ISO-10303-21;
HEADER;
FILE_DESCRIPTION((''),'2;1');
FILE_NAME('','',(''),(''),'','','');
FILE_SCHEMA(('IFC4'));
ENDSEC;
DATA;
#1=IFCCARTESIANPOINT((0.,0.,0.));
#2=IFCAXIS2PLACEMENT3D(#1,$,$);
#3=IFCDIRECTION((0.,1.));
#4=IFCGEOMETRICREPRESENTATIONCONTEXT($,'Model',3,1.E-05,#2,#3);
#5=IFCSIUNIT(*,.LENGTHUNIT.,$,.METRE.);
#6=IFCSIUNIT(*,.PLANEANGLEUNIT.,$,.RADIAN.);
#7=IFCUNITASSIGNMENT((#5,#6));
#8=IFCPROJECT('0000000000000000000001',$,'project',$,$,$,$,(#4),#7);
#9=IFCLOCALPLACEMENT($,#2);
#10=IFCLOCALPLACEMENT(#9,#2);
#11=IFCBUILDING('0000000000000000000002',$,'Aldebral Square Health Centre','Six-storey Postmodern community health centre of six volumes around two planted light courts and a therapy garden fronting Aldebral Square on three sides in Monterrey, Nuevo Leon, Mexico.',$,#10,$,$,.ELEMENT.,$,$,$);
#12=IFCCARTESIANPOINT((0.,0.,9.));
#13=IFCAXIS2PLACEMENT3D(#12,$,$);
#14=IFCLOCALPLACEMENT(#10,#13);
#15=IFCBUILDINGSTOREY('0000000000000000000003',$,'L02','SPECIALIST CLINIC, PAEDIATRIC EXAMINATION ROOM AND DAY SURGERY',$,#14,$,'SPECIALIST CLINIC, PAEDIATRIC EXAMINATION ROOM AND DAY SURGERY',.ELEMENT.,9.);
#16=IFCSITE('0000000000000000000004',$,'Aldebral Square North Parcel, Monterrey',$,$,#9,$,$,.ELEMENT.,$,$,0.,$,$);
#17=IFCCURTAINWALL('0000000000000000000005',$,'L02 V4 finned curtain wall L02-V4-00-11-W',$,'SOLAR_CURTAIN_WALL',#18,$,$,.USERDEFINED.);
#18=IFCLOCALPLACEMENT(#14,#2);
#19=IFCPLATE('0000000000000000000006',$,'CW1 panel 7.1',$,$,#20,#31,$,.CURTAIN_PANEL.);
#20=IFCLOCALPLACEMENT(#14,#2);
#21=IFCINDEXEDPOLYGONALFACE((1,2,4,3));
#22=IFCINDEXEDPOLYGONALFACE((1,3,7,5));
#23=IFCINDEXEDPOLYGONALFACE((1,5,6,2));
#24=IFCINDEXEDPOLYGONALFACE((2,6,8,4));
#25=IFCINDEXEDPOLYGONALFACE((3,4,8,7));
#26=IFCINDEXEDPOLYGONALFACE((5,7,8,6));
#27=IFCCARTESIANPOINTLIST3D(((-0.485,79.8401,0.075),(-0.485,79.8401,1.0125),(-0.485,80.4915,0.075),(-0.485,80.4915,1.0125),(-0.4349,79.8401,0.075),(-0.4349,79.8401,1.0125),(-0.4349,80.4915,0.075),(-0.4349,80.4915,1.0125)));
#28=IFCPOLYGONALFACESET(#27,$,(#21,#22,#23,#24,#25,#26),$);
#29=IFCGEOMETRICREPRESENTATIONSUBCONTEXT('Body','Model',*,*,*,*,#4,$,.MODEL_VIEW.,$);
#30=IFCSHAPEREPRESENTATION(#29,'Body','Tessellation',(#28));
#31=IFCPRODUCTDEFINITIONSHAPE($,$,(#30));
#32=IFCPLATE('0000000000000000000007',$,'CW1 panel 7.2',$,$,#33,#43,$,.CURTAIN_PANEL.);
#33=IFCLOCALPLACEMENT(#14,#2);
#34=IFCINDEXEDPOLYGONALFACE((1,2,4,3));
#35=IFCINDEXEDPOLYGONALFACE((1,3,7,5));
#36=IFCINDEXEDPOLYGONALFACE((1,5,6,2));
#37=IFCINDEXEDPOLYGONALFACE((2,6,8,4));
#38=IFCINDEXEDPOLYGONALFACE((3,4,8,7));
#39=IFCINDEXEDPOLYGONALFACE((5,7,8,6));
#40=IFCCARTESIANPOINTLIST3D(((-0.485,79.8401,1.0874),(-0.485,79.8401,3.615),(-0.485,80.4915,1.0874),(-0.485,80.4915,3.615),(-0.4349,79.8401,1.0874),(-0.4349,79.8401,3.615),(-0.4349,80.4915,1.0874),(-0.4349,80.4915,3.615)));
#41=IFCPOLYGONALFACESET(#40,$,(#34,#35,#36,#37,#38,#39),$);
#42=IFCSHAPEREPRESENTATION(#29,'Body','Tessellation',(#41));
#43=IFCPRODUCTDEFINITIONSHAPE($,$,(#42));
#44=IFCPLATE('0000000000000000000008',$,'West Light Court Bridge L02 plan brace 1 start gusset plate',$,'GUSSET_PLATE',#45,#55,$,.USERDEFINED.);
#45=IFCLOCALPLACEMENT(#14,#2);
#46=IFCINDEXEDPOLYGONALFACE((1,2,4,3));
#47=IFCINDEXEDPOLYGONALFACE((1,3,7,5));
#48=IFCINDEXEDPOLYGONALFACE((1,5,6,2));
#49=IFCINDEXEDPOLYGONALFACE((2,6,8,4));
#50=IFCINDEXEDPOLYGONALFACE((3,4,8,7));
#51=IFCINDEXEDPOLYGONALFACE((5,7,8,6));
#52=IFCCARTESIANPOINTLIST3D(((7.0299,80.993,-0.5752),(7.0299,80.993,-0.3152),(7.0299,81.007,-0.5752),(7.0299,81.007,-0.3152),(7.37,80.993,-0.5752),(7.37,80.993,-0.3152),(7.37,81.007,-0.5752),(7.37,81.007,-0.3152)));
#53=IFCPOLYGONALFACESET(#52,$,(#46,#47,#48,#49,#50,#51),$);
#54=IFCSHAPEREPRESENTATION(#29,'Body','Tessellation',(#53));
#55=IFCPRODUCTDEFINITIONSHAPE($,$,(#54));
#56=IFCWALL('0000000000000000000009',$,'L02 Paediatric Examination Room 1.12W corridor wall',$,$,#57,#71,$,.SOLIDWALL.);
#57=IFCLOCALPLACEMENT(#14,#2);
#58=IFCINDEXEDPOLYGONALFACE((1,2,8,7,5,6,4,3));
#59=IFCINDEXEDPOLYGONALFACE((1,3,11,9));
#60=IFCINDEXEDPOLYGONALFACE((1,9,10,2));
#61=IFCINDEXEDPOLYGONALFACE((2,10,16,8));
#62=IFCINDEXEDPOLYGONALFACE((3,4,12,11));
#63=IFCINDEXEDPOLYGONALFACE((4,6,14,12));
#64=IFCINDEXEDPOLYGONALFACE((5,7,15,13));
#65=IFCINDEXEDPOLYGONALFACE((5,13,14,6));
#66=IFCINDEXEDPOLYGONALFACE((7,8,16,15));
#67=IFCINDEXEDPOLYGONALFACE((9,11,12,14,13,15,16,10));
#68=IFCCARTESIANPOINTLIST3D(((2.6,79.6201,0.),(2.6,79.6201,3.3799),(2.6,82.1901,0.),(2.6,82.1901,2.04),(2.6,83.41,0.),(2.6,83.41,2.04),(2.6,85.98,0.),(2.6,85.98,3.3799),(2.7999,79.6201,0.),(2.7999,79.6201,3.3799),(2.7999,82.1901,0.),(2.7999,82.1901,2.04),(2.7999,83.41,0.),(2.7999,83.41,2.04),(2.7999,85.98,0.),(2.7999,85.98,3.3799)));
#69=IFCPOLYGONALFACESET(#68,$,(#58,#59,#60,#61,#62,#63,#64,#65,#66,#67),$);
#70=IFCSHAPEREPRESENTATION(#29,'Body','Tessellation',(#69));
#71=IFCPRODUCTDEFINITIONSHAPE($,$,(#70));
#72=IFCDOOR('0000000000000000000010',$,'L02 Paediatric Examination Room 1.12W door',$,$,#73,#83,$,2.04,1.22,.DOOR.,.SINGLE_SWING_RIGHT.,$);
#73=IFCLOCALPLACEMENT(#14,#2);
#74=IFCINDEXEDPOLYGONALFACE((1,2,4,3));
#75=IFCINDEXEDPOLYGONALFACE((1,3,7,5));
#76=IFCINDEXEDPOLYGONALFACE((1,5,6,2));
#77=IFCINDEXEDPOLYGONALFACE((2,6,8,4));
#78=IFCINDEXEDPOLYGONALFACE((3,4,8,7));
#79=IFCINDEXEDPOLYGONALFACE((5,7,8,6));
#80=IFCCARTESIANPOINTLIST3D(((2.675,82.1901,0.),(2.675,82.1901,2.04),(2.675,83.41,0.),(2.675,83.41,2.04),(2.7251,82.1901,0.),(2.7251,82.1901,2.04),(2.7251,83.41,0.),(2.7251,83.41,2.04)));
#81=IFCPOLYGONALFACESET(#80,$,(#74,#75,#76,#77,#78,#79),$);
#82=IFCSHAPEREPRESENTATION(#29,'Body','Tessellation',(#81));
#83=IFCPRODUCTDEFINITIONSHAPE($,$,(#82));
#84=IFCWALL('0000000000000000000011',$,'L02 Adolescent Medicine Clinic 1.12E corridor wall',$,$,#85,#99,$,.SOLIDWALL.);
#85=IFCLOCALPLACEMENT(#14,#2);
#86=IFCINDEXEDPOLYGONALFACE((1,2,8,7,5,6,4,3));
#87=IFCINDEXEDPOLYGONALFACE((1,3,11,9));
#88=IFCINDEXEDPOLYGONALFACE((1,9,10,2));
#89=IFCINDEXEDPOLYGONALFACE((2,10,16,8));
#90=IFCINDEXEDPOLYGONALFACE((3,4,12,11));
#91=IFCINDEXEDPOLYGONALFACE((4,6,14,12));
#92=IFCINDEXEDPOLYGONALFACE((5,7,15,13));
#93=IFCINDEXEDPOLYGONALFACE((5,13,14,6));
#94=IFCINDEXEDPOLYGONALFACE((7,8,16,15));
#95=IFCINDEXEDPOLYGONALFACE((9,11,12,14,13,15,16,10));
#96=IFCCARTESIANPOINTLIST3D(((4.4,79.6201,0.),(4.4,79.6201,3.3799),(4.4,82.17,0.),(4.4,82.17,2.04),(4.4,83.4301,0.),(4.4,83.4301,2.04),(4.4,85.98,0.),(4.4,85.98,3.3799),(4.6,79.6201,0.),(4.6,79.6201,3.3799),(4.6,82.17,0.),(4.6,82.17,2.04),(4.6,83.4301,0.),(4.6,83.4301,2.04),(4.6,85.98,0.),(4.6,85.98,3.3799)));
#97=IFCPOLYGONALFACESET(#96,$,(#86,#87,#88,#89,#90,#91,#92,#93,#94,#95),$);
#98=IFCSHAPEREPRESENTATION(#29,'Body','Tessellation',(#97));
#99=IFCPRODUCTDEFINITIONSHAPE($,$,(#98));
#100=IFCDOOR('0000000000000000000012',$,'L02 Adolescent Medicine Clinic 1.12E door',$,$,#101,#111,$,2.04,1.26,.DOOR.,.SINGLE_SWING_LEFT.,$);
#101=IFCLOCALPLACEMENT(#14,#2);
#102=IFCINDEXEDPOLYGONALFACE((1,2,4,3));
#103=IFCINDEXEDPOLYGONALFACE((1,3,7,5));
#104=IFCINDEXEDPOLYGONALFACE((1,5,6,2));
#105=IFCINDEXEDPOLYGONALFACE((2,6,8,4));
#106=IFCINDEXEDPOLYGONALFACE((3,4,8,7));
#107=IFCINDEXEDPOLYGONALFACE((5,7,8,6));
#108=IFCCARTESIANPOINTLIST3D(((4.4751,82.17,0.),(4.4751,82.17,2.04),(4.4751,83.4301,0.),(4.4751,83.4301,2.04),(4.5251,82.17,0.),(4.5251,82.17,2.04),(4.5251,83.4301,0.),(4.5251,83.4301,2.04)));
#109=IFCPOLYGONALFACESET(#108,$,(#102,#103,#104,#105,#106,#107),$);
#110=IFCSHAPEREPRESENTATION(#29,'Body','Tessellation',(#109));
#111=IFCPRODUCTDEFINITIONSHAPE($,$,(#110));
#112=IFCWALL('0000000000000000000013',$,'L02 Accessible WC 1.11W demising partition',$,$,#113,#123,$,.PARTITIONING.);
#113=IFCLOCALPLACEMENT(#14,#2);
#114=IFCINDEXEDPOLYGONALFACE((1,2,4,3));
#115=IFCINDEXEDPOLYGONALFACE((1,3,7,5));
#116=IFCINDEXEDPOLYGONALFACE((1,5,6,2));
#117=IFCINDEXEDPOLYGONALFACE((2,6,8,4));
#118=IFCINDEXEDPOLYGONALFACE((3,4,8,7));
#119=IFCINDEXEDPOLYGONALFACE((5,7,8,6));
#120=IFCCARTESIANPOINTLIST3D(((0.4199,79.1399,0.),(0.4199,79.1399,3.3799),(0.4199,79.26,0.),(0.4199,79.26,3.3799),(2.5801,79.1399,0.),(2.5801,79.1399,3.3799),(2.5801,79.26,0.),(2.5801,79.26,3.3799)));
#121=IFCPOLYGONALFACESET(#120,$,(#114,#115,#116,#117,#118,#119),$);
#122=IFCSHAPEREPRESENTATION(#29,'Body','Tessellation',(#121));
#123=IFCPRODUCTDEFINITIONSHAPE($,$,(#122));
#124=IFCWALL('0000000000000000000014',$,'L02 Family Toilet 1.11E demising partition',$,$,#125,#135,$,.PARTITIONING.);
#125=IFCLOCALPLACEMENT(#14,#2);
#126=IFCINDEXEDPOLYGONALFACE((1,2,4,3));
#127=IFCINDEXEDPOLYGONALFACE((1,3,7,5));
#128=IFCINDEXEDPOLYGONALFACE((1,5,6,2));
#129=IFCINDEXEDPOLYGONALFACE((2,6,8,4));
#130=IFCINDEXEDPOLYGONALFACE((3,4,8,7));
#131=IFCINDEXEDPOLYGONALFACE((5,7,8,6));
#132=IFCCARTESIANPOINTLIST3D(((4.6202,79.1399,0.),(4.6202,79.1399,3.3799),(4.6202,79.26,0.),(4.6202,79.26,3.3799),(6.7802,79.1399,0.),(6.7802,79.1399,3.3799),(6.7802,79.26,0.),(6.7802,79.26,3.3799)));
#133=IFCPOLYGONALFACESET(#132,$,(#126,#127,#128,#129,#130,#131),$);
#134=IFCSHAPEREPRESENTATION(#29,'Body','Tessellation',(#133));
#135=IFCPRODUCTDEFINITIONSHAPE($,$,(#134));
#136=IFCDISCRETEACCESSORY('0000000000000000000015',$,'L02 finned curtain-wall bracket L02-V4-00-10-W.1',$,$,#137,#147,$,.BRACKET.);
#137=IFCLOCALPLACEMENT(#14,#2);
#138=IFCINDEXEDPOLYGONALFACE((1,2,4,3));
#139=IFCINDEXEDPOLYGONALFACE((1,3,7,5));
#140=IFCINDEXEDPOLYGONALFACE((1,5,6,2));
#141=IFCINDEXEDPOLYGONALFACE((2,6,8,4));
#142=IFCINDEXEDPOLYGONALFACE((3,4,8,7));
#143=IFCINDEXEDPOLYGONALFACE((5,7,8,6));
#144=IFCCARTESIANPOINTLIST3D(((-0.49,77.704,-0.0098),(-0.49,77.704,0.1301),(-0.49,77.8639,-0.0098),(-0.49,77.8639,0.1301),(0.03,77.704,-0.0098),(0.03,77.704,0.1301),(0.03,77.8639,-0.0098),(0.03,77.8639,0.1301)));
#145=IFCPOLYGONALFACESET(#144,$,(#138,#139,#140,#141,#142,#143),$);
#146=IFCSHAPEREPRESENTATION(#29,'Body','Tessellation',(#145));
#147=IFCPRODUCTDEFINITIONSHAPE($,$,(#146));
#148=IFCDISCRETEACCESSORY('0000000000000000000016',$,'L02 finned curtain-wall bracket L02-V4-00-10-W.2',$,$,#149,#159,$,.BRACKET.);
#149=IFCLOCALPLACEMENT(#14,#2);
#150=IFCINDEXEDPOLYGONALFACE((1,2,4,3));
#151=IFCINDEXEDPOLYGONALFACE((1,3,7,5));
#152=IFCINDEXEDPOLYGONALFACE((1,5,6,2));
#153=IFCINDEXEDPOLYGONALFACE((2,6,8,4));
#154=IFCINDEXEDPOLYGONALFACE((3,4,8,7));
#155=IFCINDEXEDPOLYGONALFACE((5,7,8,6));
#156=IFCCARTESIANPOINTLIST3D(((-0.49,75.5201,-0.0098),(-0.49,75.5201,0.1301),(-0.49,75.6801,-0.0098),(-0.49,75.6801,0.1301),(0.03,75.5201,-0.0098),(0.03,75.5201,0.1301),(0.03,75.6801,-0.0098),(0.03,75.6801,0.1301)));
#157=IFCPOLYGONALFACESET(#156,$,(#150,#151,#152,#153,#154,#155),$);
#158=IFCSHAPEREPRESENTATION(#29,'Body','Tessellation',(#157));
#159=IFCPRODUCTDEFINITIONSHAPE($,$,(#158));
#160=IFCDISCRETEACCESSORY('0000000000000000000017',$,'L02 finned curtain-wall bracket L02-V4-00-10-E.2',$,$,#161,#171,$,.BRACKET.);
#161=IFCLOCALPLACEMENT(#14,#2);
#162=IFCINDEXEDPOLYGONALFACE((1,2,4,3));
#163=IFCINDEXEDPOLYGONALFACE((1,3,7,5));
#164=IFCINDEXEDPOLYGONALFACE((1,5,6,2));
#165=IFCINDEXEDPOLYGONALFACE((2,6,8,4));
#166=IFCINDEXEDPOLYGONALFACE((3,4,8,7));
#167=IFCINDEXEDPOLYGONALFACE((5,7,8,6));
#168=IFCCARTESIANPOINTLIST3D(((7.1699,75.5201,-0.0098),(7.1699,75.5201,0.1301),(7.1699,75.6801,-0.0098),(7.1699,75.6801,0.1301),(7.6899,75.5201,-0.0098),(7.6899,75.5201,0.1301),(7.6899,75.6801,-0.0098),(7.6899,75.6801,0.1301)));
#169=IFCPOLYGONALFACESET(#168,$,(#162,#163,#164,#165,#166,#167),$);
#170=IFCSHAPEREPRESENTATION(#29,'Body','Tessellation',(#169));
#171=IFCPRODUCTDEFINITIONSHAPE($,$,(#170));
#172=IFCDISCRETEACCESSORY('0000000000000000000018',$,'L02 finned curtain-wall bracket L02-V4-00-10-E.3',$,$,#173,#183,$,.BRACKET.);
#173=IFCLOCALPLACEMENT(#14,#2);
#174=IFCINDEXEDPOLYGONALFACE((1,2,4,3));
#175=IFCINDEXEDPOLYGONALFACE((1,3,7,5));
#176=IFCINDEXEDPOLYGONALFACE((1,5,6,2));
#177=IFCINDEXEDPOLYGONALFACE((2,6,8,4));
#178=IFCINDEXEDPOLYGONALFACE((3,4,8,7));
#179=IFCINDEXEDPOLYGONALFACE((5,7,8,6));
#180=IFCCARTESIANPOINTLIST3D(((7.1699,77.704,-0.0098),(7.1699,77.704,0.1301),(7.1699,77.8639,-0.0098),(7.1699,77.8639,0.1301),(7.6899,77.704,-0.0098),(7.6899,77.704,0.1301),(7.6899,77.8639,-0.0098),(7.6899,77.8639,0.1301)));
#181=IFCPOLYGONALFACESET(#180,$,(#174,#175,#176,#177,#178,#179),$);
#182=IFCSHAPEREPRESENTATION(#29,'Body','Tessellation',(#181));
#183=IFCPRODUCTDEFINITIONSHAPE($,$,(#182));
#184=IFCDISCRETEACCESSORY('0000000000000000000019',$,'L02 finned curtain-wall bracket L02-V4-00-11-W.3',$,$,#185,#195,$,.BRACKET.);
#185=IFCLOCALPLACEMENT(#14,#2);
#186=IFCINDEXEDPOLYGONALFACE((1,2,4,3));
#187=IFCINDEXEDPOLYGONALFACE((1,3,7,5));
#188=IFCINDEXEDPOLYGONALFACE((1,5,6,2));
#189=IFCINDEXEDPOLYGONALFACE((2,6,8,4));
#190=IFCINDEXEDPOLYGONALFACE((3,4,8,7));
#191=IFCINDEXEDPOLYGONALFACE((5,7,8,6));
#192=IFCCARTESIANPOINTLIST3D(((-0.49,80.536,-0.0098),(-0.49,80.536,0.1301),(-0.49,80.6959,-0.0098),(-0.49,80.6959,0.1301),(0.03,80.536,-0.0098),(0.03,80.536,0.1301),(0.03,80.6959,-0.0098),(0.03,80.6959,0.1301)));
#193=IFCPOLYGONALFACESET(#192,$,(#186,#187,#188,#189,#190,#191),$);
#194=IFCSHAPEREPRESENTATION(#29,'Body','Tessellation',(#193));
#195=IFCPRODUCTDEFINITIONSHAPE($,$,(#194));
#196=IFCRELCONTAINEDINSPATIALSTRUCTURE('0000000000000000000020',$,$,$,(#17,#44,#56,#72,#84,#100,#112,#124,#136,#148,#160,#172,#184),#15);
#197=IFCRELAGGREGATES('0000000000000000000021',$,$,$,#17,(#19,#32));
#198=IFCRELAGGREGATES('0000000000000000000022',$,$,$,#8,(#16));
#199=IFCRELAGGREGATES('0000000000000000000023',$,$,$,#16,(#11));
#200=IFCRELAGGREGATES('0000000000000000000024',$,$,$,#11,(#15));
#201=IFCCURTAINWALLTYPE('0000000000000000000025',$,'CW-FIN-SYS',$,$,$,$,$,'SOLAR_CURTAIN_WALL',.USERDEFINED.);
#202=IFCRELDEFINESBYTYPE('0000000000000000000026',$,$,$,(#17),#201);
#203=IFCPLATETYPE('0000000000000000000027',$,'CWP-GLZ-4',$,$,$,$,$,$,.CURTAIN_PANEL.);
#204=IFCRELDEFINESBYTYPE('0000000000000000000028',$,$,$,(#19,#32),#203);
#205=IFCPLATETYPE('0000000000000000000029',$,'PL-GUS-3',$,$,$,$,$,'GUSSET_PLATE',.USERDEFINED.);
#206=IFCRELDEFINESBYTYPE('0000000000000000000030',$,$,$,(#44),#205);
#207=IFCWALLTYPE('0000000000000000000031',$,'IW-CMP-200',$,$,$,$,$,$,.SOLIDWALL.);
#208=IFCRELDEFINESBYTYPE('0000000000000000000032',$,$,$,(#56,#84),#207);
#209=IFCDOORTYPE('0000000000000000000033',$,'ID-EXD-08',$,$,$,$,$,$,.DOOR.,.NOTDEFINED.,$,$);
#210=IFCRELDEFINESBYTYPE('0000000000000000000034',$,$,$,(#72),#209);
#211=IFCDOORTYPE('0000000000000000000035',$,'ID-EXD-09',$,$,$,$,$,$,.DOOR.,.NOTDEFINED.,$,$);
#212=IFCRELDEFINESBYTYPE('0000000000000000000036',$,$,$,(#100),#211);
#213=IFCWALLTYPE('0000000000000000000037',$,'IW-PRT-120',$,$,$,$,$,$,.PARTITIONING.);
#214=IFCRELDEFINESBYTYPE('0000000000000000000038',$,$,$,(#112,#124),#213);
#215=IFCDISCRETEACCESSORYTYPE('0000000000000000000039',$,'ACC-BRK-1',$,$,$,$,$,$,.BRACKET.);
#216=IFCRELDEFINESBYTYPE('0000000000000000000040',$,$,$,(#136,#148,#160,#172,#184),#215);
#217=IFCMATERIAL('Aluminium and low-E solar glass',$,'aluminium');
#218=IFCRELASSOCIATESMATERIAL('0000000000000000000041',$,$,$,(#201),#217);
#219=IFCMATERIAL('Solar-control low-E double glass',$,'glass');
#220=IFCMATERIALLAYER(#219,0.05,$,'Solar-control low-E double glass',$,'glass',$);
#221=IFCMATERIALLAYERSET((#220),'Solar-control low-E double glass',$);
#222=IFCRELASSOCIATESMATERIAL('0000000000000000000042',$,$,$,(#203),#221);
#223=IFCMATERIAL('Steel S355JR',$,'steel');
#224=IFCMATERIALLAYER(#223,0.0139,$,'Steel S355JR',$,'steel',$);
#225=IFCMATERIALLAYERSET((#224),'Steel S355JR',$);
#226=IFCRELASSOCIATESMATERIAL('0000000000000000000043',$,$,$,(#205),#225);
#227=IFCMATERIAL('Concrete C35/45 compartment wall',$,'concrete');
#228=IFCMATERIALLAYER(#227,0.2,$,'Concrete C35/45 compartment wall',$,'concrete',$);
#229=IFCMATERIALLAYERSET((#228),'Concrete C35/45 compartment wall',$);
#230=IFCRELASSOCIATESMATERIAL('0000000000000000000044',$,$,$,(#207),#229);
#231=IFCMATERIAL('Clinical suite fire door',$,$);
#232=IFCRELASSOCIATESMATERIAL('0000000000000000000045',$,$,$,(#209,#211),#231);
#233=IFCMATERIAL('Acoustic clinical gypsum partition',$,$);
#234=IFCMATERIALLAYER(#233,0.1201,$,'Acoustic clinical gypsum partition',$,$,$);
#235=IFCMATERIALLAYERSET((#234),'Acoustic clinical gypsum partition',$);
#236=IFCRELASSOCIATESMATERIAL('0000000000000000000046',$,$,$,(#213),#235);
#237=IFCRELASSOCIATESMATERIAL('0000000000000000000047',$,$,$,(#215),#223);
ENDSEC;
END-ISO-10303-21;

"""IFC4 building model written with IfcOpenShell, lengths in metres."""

from ifc_helpers import new_model, si_unit, direction, frame, frame_2d, origin, origin_2d, place, context, subcontext, project, spatial, rectangle, extrude, material, layer, layer_set, type_object, element, fill, aggregate, save


model = new_model("IFC4")

# Units and contexts
model_context = context("Model", 3, precision=1e-05, world=origin(), true_north=direction((0.0, 1.0)))
body_context = subcontext(model_context, "Body", "Model", "MODEL_VIEW")
ifc_project = project(units=[si_unit("LENGTHUNIT", "METRE"), si_unit("PLANEANGLEUNIT", "RADIAN")], contexts=[model_context])

# Site, building, storey
site_placement = place(None, origin())
site = spatial("IfcSite", under=ifc_project, at=site_placement, Name="Aldebral Square North Parcel, Monterrey", CompositionType="ELEMENT", RefElevation=0.0)
building_placement = place(site_placement, origin())
building = spatial("IfcBuilding", under=site, at=building_placement, Name="Aldebral Square Health Centre", Description="Six-storey Postmodern community health centre of six volumes around two planted light courts and a therapy garden fronting Aldebral Square on three sides in Monterrey, Nuevo Leon, Mexico.", CompositionType="ELEMENT")
storey_placement = place(building_placement, frame((0.0, 0.0, 9.0)))
storey = spatial("IfcBuildingStorey", under=building, at=storey_placement, Name="L02", Description="SPECIALIST CLINIC, PAEDIATRIC EXAMINATION ROOM AND DAY SURGERY", LongName="SPECIALIST CLINIC, PAEDIATRIC EXAMINATION ROOM AND DAY SURGERY", CompositionType="ELEMENT", Elevation=9.0)

# Shared definitions
ifc_material_1 = material(Name="Steel S355JR", Category="steel")

# Shared definitions
ifc_material_2 = material(Name="Aluminium and low-E solar glass", Category="aluminium")
curtain_wall_type = type_object("IfcCurtainWallType", Name="CW-FIN-SYS", ElementType="SOLAR_CURTAIN_WALL", PredefinedType="USERDEFINED", material=ifc_material_2)

# Curtain wall
curtain_wall_1_placement = place(storey_placement, origin())
curtain_wall_1 = element("IfcCurtainWall", 1, at=curtain_wall_1_placement, inside=storey, type_object=curtain_wall_type, Name="L02 V4 finned curtain wall L02-V4-00-11-W", ObjectType="SOLAR_CURTAIN_WALL", PredefinedType="USERDEFINED")

# Plates
ifc_material_3 = material(Name="Solar-control low-E double glass", Category="glass")
ifc_layer_1 = layer(ifc_material_3, 0.05, Name="Solar-control low-E double glass", Category="glass")
ifc_layer_set_1 = layer_set([ifc_layer_1], Name="Solar-control low-E double glass")
plate_type_1 = type_object("IfcPlateType", Name="CWP-GLZ-4", PredefinedType="CURTAIN_PANEL", material=ifc_layer_set_1)
plate_1_placement = place(storey_placement, frame((-0.46, 80.1658, 0.075), z_axis=(0.0, 0.0, 1.0), x_axis=(0.0, -1.0, 0.0)))
plate_1 = element("IfcPlate", 2, at=plate_1_placement, type_object=plate_type_1, Name="CW1 panel 7.1", PredefinedType="CURTAIN_PANEL", context=body_context, shape_type="SweptSolid", body=[
    extrude(rectangle(XDim=0.6514, YDim=0.05, at=origin_2d()), origin(), (0.0, 0.0, 1.0), 0.9375),
])
plate_2_placement = place(storey_placement, frame((-0.46, 80.1658, 1.0874), z_axis=(0.0, 0.0, 1.0), x_axis=(0.0, -1.0, 0.0)))
plate_2 = element("IfcPlate", 3, at=plate_2_placement, type_object=plate_type_1, Name="CW1 panel 7.2", PredefinedType="CURTAIN_PANEL", context=body_context, shape_type="SweptSolid", body=[
    extrude(rectangle(XDim=0.6514, YDim=0.05, at=origin_2d()), origin(), (0.0, 0.0, 1.0), 2.5276),
])
aggregate(curtain_wall_1, [plate_1, plate_2])
ifc_layer_2 = layer(ifc_material_1, 0.0139, Name="Steel S355JR", Category="steel")
ifc_layer_set_2 = layer_set([ifc_layer_2], Name="Steel S355JR")
plate_type_2 = type_object("IfcPlateType", Name="PL-GUS-3", ElementType="GUSSET_PLATE", PredefinedType="USERDEFINED", material=ifc_layer_set_2)
plate_3_placement = place(storey_placement, frame((7.2, 81.0, -0.5752), z_axis=(0.0, 0.0, 1.0), x_axis=(1.0, 0.0, 0.0)))
element("IfcPlate", 4, at=plate_3_placement, inside=storey, type_object=plate_type_2, Name="West Light Court Bridge L02 plan brace 1 start gusset plate", ObjectType="GUSSET_PLATE", PredefinedType="USERDEFINED", context=body_context, shape_type="SweptSolid", body=[
    extrude(rectangle(XDim=0.3401, YDim=0.0139, at=origin_2d()), origin(), (0.0, 0.0, 1.0), 0.26),
])

# Walls, openings, doors
ifc_material_4 = material(Name="Concrete C35/45 compartment wall", Category="concrete")
ifc_layer_3 = layer(ifc_material_4, 0.2, Name="Concrete C35/45 compartment wall", Category="concrete")
ifc_layer_set_3 = layer_set([ifc_layer_3], Name="Concrete C35/45 compartment wall")
wall_type_1 = type_object("IfcWallType", Name="IW-CMP-200", PredefinedType="SOLIDWALL", material=ifc_layer_set_3)
wall_1_placement = place(storey_placement, frame((2.7, 79.6201, 0.0), z_axis=(0.0, 0.0, 1.0), x_axis=(0.0, 1.0, 0.0)))
wall_1 = element("IfcWall", 5, at=wall_1_placement, inside=storey, type_object=wall_type_1, Name="L02 Paediatric Examination Room 1.12W corridor wall", PredefinedType="SOLIDWALL", context=body_context, shape_type="SweptSolid", body=[
    extrude(rectangle(XDim=6.3599, YDim=0.2, at=frame_2d((3.1799, 0.0))), origin(), (0.0, 0.0, 1.0), 3.3799),
])
opening_1_placement = place(wall_1_placement, frame((2.5701, 0.0, 0.0)))
opening_1 = element("IfcOpeningElement", 6, at=opening_1_placement, cuts=wall_1, PredefinedType="OPENING", context=body_context, shape_type="SweptSolid", body=[
    extrude(rectangle(XDim=1.22, YDim=2.04, at=frame_2d((0.6099, 1.02))), frame((0.0, 0.1099, 0.0), z_axis=(0.0, -1.0, 0.0), x_axis=(1.0, 0.0, 0.0)), (0.0, 0.0, 1.0), 0.22),
])
ifc_material_5 = material(Name="Clinical suite fire door")
door_type_1 = type_object("IfcDoorType", Name="ID-EXD-08", OperationType="NOTDEFINED", PredefinedType="DOOR", material=ifc_material_5)
door_1_placement = place(opening_1_placement, origin())
door_1 = element("IfcDoor", 7, at=door_1_placement, inside=storey, type_object=door_type_1, Name="L02 Paediatric Examination Room 1.12W door", OperationType="SINGLE_SWING_RIGHT", OverallHeight=2.04, OverallWidth=1.22, PredefinedType="DOOR", context=body_context, shape_type="SweptSolid", body=[
    extrude(rectangle(XDim=1.22, YDim=2.04, at=frame_2d((0.6099, 1.02))), frame((0.0, 0.0249, 0.0), z_axis=(0.0, -1.0, 0.0), x_axis=(1.0, 0.0, 0.0)), (0.0, 0.0, 1.0), 0.05),
])
fill(opening_1, door_1)
wall_2_placement = place(storey_placement, frame((4.5, 79.6201, 0.0), z_axis=(0.0, 0.0, 1.0), x_axis=(0.0, 1.0, 0.0)))
wall_2 = element("IfcWall", 8, at=wall_2_placement, inside=storey, type_object=wall_type_1, Name="L02 Adolescent Medicine Clinic 1.12E corridor wall", PredefinedType="SOLIDWALL", context=body_context, shape_type="SweptSolid", body=[
    extrude(rectangle(XDim=6.3599, YDim=0.2, at=frame_2d((3.1799, 0.0))), origin(), (0.0, 0.0, 1.0), 3.3799),
])
opening_2_placement = place(wall_2_placement, frame((2.55, 0.0, 0.0)))
opening_2 = element("IfcOpeningElement", 9, at=opening_2_placement, cuts=wall_2, PredefinedType="OPENING", context=body_context, shape_type="SweptSolid", body=[
    extrude(rectangle(XDim=1.26, YDim=2.04, at=frame_2d((0.6299, 1.02))), frame((0.0, 0.1099, 0.0), z_axis=(0.0, -1.0, 0.0), x_axis=(1.0, 0.0, 0.0)), (0.0, 0.0, 1.0), 0.22),
])
door_type_2 = type_object("IfcDoorType", Name="ID-EXD-09", OperationType="NOTDEFINED", PredefinedType="DOOR", material=ifc_material_5)
door_2_placement = place(opening_2_placement, origin())
door_2 = element("IfcDoor", 10, at=door_2_placement, inside=storey, type_object=door_type_2, Name="L02 Adolescent Medicine Clinic 1.12E door", OperationType="SINGLE_SWING_LEFT", OverallHeight=2.04, OverallWidth=1.26, PredefinedType="DOOR", context=body_context, shape_type="SweptSolid", body=[
    extrude(rectangle(XDim=1.26, YDim=2.04, at=frame_2d((0.6299, 1.02))), frame((0.0, 0.0249, 0.0), z_axis=(0.0, -1.0, 0.0), x_axis=(1.0, 0.0, 0.0)), (0.0, 0.0, 1.0), 0.05),
])
fill(opening_2, door_2)

# Walls
ifc_material_6 = material(Name="Acoustic clinical gypsum partition")
ifc_layer_4 = layer(ifc_material_6, 0.1201, Name="Acoustic clinical gypsum partition")
ifc_layer_set_4 = layer_set([ifc_layer_4], Name="Acoustic clinical gypsum partition")
wall_type_2 = type_object("IfcWallType", Name="IW-PRT-120", PredefinedType="PARTITIONING", material=ifc_layer_set_4)
wall_3_placement = place(storey_placement, frame((0.4199, 79.2, 0.0), z_axis=(0.0, 0.0, 1.0), x_axis=(1.0, 0.0, 0.0)))
element("IfcWall", 11, at=wall_3_placement, inside=storey, type_object=wall_type_2, Name="L02 Accessible WC 1.11W demising partition", PredefinedType="PARTITIONING", context=body_context, shape_type="SweptSolid", body=[
    extrude(rectangle(XDim=2.1602, YDim=0.1201, at=frame_2d((1.0801, 0.0))), origin(), (0.0, 0.0, 1.0), 3.3799),
])
wall_4_placement = place(storey_placement, frame((4.6201, 79.2, 0.0), z_axis=(0.0, 0.0, 1.0), x_axis=(1.0, 0.0, 0.0)))
element("IfcWall", 12, at=wall_4_placement, inside=storey, type_object=wall_type_2, Name="L02 Family Toilet 1.11E demising partition", PredefinedType="PARTITIONING", context=body_context, shape_type="SweptSolid", body=[
    extrude(rectangle(XDim=2.1599, YDim=0.1201, at=frame_2d((1.0801, 0.0))), origin(), (0.0, 0.0, 1.0), 3.3799),
])

# Discrete accessories
discrete_accessory_type_1 = type_object("IfcDiscreteAccessoryType", Name="ACC-BRK-1", PredefinedType="BRACKET", material=ifc_material_1)
for number, where, z_axis, x_axis, name in (
    (13, (-0.23, 77.7839, -0.0098), (0.0, 0.0, 1.0), (0.0, 1.0, 0.0), "L02 finned curtain-wall bracket L02-V4-00-10-W.1"),
    (14, (-0.23, 75.6001, -0.0098), (0.0, 0.0, 1.0), (0.0, 1.0, 0.0), "L02 finned curtain-wall bracket L02-V4-00-10-W.2"),
    (15, (7.4299, 75.6001, -0.0098), (0.0, 0.0, 1.0), (0.0, 1.0, 0.0), "L02 finned curtain-wall bracket L02-V4-00-10-E.2"),
    (16, (7.4299, 77.7839, -0.0098), (0.0, 0.0, 1.0), (0.0, 1.0, 0.0), "L02 finned curtain-wall bracket L02-V4-00-10-E.3"),
    (17, (-0.23, 80.616, -0.0098), (0.0, 0.0, 1.0), (0.0, 1.0, 0.0), "L02 finned curtain-wall bracket L02-V4-00-11-W.3"),
):
    element("IfcDiscreteAccessory", number, at=place(storey_placement, frame(where, z_axis=z_axis, x_axis=x_axis)), inside=storey, type_object=discrete_accessory_type_1, Name=name, PredefinedType="BRACKET", context=body_context, shape_type="SweptSolid", body=[
        extrude(rectangle(XDim=0.1599, YDim=0.52, at=origin_2d()), origin(), (0.0, 0.0, 1.0), 0.1399),
    ])

save(model, "model.ifc")
